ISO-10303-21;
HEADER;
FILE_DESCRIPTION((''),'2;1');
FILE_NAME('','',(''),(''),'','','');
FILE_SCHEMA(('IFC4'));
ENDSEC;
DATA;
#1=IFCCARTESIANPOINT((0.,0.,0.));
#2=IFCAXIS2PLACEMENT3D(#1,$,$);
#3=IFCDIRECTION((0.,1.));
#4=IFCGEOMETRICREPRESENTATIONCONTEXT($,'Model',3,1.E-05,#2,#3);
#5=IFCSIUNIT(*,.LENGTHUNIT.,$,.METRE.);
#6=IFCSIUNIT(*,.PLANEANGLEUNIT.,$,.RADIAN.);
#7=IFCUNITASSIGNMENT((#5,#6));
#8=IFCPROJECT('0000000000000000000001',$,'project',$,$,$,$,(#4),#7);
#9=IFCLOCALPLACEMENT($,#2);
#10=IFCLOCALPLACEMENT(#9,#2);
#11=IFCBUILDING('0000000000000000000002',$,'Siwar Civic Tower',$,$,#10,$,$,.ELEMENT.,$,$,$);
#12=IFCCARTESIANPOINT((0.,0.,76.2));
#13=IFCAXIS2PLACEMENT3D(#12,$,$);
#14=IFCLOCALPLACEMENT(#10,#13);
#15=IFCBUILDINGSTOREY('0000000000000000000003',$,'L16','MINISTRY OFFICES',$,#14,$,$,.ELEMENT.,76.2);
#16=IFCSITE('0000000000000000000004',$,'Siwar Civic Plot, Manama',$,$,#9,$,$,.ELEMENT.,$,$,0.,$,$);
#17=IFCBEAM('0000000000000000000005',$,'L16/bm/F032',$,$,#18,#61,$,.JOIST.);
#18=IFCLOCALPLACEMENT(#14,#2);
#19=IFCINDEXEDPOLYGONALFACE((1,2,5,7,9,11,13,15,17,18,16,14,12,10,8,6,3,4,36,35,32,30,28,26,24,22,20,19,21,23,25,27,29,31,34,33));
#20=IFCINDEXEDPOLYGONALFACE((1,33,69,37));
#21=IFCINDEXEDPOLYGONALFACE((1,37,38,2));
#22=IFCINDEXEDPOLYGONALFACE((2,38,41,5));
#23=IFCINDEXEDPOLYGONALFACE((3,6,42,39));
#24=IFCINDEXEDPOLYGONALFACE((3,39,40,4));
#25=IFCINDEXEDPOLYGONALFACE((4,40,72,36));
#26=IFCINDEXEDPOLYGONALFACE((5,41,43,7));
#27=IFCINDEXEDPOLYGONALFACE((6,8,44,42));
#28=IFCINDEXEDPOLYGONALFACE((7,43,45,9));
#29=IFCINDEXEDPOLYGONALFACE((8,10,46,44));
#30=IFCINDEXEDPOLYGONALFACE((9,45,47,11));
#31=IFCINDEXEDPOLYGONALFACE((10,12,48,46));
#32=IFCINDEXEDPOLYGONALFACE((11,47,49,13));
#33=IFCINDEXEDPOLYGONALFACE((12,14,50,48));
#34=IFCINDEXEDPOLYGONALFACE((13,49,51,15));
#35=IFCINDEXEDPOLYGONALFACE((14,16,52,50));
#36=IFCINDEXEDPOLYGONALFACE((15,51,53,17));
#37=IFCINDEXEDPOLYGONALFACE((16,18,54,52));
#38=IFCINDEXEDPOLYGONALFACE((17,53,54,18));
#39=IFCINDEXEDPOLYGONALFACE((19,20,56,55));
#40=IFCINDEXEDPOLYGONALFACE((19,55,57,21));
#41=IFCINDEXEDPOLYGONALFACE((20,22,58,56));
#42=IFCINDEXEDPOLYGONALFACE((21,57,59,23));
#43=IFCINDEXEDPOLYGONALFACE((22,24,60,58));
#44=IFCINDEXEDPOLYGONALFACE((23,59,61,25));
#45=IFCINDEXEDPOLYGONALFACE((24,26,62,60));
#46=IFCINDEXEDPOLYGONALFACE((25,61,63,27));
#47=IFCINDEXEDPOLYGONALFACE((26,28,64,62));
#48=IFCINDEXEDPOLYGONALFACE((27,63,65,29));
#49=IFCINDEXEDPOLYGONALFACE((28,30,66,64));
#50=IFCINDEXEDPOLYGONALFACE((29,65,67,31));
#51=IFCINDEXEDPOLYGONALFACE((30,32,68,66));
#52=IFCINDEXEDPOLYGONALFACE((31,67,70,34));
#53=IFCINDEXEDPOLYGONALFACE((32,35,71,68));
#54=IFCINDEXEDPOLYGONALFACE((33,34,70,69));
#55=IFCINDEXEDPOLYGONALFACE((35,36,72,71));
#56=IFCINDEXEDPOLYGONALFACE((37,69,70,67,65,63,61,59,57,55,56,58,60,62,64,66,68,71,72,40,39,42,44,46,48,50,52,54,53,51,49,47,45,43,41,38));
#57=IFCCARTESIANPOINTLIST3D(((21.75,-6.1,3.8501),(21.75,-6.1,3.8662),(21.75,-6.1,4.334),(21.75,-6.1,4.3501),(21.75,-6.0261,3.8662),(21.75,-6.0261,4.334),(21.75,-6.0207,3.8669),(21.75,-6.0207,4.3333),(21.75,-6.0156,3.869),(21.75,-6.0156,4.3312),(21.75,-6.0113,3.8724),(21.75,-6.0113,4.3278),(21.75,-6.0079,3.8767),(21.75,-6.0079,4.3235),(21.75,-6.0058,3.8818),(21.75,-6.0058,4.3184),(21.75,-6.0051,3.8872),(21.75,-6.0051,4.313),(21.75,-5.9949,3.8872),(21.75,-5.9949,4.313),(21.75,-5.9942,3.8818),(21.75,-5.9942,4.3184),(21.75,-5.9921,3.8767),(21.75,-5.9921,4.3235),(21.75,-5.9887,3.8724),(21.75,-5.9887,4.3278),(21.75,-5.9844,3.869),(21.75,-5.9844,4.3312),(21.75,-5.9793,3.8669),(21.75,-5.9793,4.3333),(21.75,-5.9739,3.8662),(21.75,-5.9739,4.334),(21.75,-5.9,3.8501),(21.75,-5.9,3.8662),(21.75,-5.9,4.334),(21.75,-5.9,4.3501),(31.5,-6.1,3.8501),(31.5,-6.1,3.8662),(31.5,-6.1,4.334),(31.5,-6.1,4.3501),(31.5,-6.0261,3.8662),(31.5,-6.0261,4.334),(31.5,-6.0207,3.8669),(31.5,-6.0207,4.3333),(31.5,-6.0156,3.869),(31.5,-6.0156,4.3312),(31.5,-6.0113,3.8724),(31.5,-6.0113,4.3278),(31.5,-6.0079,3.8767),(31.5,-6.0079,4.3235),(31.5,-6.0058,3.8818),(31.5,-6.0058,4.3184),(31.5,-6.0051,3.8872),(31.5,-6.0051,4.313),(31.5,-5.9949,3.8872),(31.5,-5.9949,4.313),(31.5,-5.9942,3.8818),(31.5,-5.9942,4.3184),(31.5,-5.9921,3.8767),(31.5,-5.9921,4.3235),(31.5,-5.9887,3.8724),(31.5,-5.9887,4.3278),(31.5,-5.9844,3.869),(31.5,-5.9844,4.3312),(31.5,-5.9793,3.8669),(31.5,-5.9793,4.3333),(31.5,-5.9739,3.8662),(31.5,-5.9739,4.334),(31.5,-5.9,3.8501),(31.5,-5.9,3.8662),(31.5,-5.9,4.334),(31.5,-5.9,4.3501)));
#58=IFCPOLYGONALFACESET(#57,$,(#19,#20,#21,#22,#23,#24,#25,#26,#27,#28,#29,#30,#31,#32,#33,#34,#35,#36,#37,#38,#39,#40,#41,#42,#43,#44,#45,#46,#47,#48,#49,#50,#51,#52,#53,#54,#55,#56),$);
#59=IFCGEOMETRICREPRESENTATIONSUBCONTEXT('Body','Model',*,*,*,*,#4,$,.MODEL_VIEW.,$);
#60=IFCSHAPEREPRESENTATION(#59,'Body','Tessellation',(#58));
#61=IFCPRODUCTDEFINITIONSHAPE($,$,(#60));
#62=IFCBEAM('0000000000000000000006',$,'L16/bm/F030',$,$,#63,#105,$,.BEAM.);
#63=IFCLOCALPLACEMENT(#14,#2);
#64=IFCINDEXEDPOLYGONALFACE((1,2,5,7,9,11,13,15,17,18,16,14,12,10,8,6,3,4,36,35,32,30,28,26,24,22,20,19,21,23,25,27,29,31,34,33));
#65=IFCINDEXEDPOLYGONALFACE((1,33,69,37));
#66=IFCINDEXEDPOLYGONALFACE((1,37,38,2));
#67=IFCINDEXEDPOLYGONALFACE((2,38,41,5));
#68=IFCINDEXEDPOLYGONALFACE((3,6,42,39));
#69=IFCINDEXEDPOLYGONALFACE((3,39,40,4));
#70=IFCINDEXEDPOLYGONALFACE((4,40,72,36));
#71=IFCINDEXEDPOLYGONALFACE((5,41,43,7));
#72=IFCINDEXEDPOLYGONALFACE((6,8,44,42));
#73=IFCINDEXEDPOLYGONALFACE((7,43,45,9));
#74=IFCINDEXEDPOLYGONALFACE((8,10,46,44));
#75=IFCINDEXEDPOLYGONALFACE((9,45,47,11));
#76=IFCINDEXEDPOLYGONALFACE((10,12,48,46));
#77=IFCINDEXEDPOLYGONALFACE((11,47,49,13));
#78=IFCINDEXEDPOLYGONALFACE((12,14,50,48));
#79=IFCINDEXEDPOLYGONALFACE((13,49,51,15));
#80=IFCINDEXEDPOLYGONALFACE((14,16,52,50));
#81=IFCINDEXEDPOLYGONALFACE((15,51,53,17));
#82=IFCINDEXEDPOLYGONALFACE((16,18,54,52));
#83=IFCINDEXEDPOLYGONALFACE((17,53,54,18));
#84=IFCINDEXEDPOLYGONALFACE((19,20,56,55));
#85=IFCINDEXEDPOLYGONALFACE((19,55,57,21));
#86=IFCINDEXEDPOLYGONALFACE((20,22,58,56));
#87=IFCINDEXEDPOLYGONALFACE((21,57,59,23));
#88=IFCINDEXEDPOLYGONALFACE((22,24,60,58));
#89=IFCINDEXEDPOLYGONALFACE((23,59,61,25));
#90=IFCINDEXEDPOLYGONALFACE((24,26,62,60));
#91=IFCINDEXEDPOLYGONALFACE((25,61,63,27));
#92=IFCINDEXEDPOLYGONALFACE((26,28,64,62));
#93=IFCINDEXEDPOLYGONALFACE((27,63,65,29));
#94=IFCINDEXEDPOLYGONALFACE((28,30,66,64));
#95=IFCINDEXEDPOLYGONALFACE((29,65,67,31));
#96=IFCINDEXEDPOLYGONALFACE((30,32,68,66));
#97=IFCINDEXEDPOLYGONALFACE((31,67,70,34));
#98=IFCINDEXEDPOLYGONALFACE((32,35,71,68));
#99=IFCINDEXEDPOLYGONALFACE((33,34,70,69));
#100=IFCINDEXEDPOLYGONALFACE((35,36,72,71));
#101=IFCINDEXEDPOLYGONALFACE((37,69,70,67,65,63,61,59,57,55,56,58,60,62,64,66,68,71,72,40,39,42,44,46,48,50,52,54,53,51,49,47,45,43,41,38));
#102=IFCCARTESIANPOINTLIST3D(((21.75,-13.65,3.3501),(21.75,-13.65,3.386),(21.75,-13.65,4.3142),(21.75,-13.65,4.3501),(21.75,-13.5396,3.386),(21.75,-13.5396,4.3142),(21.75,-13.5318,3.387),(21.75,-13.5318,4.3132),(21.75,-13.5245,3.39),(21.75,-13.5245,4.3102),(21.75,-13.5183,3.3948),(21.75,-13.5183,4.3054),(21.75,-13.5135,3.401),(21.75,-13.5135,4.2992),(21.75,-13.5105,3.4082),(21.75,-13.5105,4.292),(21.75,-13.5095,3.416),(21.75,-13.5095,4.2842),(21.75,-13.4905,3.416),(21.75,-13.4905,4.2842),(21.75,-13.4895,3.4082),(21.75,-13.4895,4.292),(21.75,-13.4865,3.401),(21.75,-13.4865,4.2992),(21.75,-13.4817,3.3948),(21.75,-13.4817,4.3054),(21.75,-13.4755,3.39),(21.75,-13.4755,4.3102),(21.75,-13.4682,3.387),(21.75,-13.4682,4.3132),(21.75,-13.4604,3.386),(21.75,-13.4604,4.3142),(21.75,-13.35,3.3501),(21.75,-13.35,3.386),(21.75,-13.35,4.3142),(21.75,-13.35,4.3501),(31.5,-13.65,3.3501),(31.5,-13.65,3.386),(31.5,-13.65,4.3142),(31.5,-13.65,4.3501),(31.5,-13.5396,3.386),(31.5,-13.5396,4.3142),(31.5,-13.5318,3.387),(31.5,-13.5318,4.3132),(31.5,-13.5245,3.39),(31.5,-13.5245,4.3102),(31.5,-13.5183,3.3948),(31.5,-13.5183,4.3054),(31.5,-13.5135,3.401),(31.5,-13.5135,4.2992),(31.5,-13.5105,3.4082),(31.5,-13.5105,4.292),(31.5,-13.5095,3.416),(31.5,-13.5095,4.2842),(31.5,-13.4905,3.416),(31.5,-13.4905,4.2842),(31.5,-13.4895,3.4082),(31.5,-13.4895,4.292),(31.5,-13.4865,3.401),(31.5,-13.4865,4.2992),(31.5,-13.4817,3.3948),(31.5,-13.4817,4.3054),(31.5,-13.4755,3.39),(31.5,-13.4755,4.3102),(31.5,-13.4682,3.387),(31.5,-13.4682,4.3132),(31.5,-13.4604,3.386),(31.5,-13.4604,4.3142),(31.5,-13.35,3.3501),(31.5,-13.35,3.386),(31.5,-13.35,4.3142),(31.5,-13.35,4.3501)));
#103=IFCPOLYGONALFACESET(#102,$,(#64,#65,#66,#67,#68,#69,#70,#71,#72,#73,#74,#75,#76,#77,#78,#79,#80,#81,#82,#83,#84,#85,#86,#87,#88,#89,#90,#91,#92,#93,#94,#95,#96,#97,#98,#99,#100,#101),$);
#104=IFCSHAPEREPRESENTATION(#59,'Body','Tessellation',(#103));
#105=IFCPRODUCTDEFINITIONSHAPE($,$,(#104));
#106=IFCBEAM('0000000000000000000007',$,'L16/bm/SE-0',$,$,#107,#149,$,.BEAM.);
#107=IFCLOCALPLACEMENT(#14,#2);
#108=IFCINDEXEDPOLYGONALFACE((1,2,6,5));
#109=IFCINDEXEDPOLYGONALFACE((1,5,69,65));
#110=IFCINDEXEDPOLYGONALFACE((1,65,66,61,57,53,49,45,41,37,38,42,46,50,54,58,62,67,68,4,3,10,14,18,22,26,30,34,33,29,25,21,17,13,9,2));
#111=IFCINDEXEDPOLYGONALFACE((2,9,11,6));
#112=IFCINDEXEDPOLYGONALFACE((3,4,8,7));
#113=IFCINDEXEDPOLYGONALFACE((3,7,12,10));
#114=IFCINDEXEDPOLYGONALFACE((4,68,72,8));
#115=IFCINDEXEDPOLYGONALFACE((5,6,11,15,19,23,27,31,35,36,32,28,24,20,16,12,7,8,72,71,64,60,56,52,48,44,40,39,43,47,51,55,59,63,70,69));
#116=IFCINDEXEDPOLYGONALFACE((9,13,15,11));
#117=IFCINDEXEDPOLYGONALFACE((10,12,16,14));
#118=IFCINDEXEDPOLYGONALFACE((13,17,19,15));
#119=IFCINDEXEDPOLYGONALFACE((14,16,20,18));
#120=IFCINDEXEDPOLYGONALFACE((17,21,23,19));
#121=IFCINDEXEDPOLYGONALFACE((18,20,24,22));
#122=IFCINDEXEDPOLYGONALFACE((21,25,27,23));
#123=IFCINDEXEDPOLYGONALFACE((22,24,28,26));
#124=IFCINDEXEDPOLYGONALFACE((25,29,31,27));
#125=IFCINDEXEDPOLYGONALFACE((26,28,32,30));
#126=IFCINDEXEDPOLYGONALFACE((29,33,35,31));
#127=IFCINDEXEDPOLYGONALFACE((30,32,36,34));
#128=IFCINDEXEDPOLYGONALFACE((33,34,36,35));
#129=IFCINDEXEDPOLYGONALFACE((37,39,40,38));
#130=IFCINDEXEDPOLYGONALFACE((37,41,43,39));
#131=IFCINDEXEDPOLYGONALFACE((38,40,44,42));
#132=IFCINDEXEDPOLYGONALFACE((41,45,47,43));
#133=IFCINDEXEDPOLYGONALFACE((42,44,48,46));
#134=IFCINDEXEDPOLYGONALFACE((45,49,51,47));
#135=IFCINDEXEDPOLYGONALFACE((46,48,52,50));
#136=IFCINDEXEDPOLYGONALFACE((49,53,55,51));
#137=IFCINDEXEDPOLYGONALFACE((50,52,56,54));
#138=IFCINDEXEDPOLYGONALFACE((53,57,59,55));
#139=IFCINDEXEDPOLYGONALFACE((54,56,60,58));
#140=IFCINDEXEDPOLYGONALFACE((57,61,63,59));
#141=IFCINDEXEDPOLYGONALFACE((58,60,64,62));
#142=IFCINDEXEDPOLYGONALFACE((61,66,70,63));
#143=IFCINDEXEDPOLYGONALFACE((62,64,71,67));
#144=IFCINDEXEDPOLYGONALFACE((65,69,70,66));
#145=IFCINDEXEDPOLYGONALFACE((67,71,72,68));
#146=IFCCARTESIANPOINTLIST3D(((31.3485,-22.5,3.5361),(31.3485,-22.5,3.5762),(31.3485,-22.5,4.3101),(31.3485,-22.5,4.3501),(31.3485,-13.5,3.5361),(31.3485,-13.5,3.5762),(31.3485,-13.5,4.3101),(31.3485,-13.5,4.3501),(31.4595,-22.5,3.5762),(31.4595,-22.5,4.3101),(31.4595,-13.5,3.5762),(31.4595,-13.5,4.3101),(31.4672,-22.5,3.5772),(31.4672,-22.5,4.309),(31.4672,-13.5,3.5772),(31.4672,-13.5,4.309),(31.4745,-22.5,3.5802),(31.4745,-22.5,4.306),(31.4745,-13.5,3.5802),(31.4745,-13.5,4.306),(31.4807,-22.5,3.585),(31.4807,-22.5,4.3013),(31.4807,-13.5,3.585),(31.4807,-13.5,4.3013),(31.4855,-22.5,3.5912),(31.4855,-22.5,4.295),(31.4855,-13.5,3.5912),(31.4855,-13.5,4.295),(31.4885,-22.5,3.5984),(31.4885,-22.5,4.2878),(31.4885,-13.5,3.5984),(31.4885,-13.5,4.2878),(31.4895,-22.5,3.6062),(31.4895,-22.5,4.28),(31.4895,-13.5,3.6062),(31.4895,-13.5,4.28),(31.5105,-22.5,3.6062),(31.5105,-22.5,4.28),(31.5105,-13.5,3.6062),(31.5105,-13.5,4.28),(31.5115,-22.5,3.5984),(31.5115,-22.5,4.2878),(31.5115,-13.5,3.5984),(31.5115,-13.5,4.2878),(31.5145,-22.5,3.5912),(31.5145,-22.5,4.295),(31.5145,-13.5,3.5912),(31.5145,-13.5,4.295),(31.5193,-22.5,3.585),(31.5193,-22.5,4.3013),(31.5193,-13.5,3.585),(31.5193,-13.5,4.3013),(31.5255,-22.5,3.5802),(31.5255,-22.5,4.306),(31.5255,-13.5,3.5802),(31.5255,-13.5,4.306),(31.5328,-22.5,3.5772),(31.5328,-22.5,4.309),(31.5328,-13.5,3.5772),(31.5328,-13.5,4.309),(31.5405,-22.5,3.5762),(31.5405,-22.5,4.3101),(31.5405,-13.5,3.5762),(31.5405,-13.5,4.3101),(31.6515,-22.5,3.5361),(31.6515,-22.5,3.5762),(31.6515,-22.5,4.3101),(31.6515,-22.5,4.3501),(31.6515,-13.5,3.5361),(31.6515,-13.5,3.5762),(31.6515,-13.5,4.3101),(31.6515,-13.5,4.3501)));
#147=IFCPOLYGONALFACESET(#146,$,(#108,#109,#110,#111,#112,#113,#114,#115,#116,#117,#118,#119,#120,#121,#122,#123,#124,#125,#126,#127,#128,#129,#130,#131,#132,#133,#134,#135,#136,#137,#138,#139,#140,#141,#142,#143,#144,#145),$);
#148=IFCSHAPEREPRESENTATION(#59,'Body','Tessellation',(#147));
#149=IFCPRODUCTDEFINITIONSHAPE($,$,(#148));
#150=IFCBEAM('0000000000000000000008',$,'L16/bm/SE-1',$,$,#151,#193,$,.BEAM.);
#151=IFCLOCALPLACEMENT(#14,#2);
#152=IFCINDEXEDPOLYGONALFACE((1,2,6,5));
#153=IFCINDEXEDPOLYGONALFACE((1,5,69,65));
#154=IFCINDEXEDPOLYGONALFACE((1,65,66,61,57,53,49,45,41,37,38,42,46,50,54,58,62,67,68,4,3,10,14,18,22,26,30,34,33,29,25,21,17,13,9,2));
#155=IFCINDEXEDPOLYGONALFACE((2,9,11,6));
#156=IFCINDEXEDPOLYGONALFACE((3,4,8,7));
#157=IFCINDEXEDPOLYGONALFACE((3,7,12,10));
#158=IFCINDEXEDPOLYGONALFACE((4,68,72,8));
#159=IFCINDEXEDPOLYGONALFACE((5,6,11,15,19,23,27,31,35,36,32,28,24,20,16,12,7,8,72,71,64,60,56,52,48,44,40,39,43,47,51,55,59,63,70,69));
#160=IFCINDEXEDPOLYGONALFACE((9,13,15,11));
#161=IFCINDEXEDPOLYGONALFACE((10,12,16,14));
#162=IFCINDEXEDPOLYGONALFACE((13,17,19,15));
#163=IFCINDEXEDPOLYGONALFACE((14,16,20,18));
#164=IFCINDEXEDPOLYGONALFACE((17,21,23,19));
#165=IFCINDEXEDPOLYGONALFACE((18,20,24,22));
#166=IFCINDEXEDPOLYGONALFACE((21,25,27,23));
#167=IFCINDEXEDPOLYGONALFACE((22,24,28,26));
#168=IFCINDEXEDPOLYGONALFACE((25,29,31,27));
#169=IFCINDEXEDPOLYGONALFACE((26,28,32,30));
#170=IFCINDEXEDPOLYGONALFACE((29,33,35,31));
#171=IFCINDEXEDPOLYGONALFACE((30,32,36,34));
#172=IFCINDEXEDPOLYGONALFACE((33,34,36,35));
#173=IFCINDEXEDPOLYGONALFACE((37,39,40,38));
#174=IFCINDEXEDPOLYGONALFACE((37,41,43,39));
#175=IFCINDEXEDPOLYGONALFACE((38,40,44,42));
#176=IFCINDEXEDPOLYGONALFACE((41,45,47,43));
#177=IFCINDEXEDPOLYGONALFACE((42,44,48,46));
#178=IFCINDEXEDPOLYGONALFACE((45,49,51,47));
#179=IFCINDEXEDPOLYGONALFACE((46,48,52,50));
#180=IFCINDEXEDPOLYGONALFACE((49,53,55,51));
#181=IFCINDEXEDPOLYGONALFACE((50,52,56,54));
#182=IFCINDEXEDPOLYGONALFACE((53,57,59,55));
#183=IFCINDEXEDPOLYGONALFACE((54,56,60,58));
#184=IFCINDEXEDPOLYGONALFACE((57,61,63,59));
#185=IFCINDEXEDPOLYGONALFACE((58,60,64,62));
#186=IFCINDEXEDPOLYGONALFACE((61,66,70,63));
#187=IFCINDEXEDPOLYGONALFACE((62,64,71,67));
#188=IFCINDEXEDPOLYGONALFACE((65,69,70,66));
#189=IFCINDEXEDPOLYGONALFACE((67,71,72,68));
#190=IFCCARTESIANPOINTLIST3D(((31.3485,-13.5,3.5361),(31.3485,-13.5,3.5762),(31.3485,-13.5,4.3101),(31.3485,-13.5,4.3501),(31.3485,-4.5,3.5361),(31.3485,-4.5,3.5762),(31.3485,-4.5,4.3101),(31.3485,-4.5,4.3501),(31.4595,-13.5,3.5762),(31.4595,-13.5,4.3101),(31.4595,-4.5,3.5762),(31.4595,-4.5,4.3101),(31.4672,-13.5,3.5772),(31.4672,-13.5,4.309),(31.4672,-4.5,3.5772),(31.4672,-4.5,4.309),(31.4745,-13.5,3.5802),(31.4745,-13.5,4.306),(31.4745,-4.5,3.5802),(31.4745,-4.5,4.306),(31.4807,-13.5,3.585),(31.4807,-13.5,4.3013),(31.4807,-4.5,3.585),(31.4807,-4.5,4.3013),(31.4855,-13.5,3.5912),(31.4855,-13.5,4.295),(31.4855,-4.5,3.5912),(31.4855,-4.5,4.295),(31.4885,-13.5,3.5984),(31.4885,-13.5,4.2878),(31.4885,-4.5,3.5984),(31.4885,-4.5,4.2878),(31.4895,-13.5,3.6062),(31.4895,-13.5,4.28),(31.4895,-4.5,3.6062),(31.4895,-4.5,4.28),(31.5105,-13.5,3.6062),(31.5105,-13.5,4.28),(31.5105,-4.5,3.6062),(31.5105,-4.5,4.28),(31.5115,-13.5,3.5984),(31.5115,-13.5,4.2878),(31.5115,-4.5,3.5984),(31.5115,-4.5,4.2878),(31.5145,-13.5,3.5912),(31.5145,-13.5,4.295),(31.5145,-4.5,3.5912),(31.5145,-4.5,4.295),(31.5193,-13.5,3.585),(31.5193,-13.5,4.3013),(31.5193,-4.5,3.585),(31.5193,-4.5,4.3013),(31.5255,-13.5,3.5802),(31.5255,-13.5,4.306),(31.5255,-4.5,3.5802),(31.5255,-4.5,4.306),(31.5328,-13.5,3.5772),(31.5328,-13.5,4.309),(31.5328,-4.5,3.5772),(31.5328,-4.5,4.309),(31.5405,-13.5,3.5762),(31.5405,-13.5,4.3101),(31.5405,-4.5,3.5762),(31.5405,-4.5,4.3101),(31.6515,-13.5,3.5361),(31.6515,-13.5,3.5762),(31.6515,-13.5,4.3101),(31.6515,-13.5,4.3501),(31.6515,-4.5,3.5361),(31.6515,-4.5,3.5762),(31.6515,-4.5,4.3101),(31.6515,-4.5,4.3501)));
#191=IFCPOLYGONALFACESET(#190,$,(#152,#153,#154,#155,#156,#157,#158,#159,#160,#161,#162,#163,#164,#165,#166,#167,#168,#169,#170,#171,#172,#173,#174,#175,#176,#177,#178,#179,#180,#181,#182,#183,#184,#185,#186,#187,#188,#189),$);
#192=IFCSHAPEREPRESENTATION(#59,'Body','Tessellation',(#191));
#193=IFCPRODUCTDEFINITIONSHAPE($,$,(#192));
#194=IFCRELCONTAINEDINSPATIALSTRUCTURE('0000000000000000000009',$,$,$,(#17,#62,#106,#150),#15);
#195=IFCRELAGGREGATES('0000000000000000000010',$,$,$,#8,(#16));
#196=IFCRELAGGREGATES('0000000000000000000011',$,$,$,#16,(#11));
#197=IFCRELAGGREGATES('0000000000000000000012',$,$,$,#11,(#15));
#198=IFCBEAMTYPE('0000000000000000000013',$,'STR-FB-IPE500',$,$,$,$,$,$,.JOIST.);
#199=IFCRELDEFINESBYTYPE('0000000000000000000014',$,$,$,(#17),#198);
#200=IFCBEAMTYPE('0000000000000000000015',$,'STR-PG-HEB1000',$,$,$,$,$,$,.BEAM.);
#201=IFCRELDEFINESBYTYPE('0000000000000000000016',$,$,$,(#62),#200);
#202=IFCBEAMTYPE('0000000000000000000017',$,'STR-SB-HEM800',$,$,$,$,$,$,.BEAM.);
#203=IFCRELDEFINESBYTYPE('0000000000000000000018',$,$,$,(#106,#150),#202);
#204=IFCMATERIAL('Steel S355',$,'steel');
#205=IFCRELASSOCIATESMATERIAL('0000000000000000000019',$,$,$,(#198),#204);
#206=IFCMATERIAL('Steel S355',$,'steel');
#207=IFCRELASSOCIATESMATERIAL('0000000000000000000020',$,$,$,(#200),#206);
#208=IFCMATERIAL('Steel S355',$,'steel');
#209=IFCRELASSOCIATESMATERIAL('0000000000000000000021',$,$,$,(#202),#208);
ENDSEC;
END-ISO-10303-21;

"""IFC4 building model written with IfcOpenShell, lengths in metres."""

from ifc_helpers import new_model, si_unit, direction, frame, origin, origin_2d, place, context, subcontext, project, spatial, i_section, extrude, material, material_profile, profile_set, type_object, element, save


model = new_model("IFC4")

# Units and contexts
model_context = context("Model", 3, precision=1e-05, world=origin(), true_north=direction((0.0, 1.0)))
body_context = subcontext(model_context, "Body", "Model", "MODEL_VIEW")
ifc_project = project(units=[si_unit("LENGTHUNIT", "METRE"), si_unit("PLANEANGLEUNIT", "RADIAN")], contexts=[model_context])

# Site, building, storey
site_placement = place(None, origin())
site = spatial("IfcSite", under=ifc_project, at=site_placement, Name="Siwar Civic Plot, Manama", CompositionType="ELEMENT", RefElevation=0.0)
building_placement = place(site_placement, origin())
building = spatial("IfcBuilding", under=site, at=building_placement, Name="Siwar Civic Tower", CompositionType="ELEMENT")
storey_placement = place(building_placement, frame((0.0, 0.0, 76.2)))
storey = spatial("IfcBuildingStorey", under=building, at=storey_placement, Name="L16", Description="MINISTRY OFFICES", CompositionType="ELEMENT", Elevation=76.2)

# Beams
ifc_material_1 = material(Name="Steel S355", Category="steel")
ifc_material_profile_1 = material_profile(ifc_material_1, i_section(OverallWidth=0.2, OverallDepth=0.5, WebThickness=0.0103, FlangeThickness=0.0161, FilletRadius=0.021, at=origin_2d()), Name="IPE500")
ifc_profile_set_1 = profile_set([ifc_material_profile_1], Name="Steel S355")
beam_type_1 = type_object("IfcBeamType", Name="STR-FB-IPE500", PredefinedType="JOIST", material=ifc_profile_set_1)
beam_1_placement = place(storey_placement, frame((21.75, -6.0, 4.1001), z_axis=(1.0, 0.0, 0.0), x_axis=(0.0, 1.0, 0.0)))
element("IfcBeam", 1, at=beam_1_placement, inside=storey, type_object=beam_type_1, Name="L16/bm/F032", PredefinedType="JOIST", context=body_context, shape_type="SweptSolid", body=[
    extrude(i_section(OverallWidth=0.2, OverallDepth=0.5, WebThickness=0.0103, FlangeThickness=0.0161, FilletRadius=0.021, at=origin_2d()), origin(), (0.0, 0.0, 1.0), 9.75),
])
ifc_material_2 = material(Name="Steel S355", Category="steel")
ifc_material_profile_2 = material_profile(ifc_material_2, i_section(OverallWidth=0.3, OverallDepth=1.0, WebThickness=0.019, FlangeThickness=0.0359, FilletRadius=0.03, at=origin_2d()), Name="HEB1000")
ifc_profile_set_2 = profile_set([ifc_material_profile_2], Name="Steel S355")
beam_type_2 = type_object("IfcBeamType", Name="STR-PG-HEB1000", PredefinedType="BEAM", material=ifc_profile_set_2)
beam_2_placement = place(storey_placement, frame((21.75, -13.5, 3.8501), z_axis=(1.0, 0.0, 0.0), x_axis=(0.0, 1.0, 0.0)))
element("IfcBeam", 2, at=beam_2_placement, inside=storey, type_object=beam_type_2, Name="L16/bm/F030", PredefinedType="BEAM", context=body_context, shape_type="SweptSolid", body=[
    extrude(i_section(OverallWidth=0.3, OverallDepth=1.0, WebThickness=0.019, FlangeThickness=0.0359, FilletRadius=0.03, at=origin_2d()), origin(), (0.0, 0.0, 1.0), 9.75),
])
ifc_material_3 = material(Name="Steel S355", Category="steel")
ifc_material_profile_3 = material_profile(ifc_material_3, i_section(OverallWidth=0.303, OverallDepth=0.814, WebThickness=0.021, FlangeThickness=0.04, FilletRadius=0.03, at=origin_2d()), Name="HEM800")
ifc_profile_set_3 = profile_set([ifc_material_profile_3], Name="Steel S355")
beam_type_3 = type_object("IfcBeamType", Name="STR-SB-HEM800", PredefinedType="BEAM", material=ifc_profile_set_3)
for number, where, z_axis, x_axis, name in (
    (3, (31.5, -22.5, 3.9431), (0.0, 1.0, 0.0), (-1.0, 0.0, 0.0), "L16/bm/SE-0"),
    (4, (31.5, -13.5, 3.9431), (0.0, 1.0, 0.0), (-1.0, 0.0, 0.0), "L16/bm/SE-1"),
):
    element("IfcBeam", number, at=place(storey_placement, frame(where, z_axis=z_axis, x_axis=x_axis)), inside=storey, type_object=beam_type_3, Name=name, PredefinedType="BEAM", context=body_context, shape_type="SweptSolid", body=[
        extrude(i_section(OverallWidth=0.303, OverallDepth=0.814, WebThickness=0.021, FlangeThickness=0.04, FilletRadius=0.03, at=origin_2d()), origin(), (0.0, 0.0, 1.0), 9.0),
    ])

save(model, "model.ifc")
